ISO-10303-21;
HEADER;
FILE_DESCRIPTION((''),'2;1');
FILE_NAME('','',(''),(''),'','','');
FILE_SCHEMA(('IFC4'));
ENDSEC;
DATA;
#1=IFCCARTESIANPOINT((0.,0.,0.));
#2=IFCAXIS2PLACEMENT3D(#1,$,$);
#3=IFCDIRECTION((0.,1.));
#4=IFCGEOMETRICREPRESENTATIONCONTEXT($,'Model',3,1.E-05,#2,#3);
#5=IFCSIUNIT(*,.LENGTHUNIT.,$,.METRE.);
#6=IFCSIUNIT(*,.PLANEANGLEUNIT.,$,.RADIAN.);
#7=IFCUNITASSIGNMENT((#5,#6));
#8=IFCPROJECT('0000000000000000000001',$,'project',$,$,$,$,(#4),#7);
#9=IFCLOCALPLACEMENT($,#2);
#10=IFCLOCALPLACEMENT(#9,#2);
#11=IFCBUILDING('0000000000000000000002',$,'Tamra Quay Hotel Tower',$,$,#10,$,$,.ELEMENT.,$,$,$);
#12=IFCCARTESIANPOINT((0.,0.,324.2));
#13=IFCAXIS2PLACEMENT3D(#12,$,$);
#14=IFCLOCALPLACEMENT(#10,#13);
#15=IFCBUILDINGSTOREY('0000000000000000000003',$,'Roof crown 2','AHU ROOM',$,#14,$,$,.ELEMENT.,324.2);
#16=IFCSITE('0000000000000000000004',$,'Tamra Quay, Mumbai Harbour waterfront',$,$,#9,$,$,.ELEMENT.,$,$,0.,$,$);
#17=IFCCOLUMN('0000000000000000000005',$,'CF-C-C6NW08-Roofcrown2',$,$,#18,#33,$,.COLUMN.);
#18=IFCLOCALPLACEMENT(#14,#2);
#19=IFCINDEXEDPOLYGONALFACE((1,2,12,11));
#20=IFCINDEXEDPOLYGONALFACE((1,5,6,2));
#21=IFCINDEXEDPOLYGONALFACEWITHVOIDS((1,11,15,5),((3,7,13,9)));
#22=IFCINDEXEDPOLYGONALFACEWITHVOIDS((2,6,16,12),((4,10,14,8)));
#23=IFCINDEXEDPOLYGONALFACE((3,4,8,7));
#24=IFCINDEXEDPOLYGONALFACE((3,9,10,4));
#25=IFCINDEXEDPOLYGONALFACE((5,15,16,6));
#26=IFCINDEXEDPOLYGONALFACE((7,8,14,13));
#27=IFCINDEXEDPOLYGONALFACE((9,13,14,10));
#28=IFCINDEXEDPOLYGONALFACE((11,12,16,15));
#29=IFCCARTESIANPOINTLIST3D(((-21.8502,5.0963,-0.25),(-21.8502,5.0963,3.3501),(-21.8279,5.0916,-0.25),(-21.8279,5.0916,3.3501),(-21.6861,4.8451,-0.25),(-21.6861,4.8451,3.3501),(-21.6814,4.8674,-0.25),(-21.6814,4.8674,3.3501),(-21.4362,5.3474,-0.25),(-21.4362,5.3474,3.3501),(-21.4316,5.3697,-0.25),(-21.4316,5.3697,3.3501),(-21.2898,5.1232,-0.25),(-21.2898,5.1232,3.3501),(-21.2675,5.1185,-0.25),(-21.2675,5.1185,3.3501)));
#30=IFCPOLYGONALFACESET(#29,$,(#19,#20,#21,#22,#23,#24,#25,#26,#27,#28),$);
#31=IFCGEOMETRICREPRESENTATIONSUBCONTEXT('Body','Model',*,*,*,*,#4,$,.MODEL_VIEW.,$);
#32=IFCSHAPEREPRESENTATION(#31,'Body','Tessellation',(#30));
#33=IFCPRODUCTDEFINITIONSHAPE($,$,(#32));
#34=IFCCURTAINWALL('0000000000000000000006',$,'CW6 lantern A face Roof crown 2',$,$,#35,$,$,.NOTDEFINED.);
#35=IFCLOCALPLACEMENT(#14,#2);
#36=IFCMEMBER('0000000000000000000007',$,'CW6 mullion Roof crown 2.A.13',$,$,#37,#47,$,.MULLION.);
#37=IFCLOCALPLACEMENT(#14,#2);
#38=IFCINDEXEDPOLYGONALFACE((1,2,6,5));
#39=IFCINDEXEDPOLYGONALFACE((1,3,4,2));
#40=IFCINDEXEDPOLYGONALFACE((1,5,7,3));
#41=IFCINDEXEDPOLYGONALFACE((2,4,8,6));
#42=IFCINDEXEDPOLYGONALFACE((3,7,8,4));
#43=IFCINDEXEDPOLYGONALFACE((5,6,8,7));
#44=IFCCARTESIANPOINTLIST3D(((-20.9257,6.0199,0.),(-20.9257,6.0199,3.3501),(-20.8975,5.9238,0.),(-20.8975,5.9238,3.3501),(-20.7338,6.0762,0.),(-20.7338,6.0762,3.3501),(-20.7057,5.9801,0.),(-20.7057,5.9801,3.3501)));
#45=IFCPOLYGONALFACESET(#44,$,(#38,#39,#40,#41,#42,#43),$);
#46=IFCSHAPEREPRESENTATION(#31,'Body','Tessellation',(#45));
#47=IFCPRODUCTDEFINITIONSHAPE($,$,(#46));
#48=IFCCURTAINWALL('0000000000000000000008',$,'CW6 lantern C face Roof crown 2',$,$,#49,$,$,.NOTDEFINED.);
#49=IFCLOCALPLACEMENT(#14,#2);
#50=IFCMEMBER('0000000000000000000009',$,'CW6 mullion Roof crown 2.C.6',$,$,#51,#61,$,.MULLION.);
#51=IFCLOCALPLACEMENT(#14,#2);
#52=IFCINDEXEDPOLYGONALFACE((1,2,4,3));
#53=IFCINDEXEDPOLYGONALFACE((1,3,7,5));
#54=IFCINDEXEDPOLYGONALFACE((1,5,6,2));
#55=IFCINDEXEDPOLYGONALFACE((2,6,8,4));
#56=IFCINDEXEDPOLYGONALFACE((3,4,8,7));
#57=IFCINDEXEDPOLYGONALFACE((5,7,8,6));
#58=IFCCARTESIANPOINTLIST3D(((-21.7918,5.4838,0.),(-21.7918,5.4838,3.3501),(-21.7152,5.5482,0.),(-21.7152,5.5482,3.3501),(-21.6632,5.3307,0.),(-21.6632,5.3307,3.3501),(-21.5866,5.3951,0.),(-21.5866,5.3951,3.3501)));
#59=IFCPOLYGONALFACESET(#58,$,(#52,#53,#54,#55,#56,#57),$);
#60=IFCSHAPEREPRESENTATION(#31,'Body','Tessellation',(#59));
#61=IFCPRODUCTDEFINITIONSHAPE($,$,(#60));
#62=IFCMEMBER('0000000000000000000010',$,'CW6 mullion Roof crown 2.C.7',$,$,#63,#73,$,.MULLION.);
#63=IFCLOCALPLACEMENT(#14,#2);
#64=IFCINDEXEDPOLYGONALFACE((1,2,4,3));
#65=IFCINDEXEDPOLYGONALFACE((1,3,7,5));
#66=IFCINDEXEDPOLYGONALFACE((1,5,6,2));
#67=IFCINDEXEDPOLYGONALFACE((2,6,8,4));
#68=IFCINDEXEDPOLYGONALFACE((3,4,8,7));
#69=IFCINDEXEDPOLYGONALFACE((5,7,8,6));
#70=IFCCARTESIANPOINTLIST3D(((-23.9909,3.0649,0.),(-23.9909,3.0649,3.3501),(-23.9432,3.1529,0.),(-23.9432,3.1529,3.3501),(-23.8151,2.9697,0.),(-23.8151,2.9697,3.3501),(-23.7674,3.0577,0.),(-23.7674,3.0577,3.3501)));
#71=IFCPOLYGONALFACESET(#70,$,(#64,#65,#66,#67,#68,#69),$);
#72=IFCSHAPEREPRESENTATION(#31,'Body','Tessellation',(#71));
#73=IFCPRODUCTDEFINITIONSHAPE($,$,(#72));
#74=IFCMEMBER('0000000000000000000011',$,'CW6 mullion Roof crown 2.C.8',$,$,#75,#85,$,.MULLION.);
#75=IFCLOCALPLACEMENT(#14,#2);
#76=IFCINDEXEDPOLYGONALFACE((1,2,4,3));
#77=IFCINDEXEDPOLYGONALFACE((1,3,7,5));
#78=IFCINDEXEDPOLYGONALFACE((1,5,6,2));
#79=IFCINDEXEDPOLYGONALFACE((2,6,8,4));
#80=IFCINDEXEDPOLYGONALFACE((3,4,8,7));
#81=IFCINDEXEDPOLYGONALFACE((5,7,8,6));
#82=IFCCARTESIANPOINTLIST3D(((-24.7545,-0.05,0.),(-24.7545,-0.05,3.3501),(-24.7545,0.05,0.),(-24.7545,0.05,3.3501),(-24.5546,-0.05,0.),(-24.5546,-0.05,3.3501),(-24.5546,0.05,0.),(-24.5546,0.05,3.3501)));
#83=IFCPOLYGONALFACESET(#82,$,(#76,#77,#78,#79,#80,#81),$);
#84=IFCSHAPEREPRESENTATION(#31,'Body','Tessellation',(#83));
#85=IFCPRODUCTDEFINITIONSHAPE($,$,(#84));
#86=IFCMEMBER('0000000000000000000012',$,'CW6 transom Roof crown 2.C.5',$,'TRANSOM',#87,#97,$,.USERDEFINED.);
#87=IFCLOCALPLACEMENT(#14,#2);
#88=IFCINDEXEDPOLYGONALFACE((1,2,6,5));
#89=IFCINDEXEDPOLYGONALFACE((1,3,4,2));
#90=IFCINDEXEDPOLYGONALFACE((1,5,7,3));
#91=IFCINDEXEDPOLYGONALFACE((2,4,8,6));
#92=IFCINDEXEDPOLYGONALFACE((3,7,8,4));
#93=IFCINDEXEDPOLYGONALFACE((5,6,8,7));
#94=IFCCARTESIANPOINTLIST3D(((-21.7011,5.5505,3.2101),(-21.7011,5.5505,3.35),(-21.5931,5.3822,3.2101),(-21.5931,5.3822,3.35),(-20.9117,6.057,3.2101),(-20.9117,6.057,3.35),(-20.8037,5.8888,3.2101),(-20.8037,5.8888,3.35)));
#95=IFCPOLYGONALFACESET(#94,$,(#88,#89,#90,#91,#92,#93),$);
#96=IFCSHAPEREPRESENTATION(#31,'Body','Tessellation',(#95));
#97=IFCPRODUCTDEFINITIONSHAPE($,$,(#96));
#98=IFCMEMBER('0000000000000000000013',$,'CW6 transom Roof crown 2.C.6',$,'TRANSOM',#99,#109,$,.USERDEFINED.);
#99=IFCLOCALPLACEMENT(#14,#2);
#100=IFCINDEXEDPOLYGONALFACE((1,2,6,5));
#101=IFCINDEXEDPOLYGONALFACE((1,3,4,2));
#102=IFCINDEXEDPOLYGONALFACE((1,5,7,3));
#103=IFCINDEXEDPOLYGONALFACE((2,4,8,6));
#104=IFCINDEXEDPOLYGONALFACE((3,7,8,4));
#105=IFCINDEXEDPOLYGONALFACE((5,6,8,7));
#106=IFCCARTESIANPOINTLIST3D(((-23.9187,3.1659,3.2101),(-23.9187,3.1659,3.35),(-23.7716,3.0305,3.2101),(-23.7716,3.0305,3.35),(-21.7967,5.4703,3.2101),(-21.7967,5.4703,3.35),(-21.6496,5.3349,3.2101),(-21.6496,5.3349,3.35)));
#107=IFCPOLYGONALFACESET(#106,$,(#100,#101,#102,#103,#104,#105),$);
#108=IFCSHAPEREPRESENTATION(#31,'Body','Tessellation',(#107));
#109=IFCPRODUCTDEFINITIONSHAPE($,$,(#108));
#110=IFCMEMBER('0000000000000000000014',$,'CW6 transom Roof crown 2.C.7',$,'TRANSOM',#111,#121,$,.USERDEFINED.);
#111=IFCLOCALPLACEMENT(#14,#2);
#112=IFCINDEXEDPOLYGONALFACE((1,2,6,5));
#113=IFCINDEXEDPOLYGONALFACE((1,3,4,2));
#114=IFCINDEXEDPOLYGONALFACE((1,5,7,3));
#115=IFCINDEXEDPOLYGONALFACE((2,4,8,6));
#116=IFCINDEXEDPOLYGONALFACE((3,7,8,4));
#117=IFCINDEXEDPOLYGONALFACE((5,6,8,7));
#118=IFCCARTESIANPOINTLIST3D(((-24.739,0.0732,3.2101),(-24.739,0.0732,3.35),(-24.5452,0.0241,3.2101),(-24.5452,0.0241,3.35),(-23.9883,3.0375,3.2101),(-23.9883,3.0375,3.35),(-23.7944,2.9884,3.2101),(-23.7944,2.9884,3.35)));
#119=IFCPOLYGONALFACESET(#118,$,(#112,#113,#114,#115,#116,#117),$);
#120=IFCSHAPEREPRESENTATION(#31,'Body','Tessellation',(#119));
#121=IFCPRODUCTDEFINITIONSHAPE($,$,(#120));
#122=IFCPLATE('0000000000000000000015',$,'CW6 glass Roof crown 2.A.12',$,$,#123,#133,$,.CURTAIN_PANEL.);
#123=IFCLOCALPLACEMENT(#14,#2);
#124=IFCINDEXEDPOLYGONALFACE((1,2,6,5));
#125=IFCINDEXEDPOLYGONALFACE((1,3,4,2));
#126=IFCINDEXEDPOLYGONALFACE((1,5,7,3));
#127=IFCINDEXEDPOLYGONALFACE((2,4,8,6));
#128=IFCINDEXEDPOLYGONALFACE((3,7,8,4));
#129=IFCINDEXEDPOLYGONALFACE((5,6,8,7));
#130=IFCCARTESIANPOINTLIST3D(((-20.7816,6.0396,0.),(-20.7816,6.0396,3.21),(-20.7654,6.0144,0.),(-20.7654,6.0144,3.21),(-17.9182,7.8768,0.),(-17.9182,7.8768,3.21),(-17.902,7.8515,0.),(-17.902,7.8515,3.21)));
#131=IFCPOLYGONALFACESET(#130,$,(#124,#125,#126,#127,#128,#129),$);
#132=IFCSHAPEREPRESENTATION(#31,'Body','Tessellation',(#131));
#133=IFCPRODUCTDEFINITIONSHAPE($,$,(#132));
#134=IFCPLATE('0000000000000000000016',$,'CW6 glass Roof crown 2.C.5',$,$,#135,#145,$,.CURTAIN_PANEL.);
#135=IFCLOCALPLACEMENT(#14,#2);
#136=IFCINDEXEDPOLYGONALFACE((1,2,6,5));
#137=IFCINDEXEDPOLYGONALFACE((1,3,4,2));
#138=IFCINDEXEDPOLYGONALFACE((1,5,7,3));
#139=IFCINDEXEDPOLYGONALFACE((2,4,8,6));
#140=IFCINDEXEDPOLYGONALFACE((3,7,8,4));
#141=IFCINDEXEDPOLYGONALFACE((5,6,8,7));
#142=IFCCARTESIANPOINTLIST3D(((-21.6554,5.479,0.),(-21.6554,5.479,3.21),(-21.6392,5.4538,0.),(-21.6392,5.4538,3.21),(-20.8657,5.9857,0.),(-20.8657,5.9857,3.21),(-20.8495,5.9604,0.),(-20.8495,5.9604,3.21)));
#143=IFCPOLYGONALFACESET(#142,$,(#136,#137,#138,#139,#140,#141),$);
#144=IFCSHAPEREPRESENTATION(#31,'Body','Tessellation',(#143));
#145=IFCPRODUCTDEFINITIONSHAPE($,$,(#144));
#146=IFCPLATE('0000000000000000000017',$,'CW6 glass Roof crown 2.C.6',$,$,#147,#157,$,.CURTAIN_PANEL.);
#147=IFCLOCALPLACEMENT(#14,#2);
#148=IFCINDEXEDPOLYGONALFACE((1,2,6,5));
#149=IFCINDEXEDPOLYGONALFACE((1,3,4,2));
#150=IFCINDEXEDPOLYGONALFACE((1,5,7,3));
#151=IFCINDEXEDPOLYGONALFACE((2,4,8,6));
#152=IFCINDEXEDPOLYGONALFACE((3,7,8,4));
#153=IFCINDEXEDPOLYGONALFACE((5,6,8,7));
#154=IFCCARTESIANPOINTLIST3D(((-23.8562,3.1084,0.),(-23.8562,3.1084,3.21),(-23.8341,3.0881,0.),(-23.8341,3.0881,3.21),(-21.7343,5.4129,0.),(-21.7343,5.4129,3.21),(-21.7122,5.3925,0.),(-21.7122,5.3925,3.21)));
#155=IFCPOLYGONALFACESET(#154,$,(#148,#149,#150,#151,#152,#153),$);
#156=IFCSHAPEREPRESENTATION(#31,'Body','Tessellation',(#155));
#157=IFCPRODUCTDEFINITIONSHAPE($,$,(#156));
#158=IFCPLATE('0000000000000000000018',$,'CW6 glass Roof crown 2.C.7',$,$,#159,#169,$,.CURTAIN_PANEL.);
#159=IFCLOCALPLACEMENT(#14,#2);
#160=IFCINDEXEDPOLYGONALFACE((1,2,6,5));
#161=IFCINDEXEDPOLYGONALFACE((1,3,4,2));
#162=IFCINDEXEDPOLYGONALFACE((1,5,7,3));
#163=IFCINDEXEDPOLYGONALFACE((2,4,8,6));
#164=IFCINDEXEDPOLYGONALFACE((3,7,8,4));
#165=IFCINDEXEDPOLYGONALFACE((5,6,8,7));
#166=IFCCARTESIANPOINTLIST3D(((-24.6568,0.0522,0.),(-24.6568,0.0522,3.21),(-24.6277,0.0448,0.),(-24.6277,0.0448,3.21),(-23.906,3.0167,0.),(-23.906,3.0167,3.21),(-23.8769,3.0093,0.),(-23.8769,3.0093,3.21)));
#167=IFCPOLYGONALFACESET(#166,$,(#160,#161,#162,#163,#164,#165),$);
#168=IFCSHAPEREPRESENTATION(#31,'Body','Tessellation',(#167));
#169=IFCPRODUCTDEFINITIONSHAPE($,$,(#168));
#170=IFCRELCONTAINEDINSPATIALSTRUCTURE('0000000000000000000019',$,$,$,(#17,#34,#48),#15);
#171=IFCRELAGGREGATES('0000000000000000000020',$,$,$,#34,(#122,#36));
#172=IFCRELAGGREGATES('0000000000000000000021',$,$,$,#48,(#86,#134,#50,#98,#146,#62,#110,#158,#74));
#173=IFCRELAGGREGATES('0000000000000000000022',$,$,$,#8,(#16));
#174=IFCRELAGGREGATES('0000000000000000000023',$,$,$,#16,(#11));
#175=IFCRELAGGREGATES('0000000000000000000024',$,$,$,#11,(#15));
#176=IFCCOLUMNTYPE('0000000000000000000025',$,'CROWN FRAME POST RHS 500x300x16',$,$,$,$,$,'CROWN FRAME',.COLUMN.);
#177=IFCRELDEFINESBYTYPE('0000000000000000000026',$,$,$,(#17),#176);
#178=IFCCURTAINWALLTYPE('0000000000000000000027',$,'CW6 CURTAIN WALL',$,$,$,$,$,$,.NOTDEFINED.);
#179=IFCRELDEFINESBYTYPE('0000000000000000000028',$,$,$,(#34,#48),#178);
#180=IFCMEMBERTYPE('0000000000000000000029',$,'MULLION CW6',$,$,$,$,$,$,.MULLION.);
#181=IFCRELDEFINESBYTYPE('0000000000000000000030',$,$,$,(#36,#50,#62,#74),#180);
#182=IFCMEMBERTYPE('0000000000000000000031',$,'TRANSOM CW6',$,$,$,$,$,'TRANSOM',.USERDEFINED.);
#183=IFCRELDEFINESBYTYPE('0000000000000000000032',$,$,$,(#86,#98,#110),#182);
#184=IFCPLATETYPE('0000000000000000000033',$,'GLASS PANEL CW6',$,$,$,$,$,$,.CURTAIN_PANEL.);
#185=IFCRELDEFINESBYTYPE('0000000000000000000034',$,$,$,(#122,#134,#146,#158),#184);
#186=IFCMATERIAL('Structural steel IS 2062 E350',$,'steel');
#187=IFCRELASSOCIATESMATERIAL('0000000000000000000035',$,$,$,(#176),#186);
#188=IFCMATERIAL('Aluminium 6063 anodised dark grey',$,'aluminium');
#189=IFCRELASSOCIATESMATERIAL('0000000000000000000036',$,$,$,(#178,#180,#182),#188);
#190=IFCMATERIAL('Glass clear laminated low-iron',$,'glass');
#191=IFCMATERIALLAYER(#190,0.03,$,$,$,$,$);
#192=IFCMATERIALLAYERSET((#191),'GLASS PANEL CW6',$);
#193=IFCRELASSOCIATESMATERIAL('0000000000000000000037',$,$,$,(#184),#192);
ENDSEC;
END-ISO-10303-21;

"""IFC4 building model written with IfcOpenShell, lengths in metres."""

from ifc_helpers import new_model, si_unit, direction, frame, origin, origin_2d, place, context, subcontext, project, spatial, rectangle, hollow_rectangle, extrude, material, layer, layer_set, material_profile, profile_set, type_object, element, aggregate, save


model = new_model("IFC4")

# Units and contexts
model_context = context("Model", 3, precision=1e-05, world=origin(), true_north=direction((0.0, 1.0)))
body_context = subcontext(model_context, "Body", "Model", "MODEL_VIEW")
ifc_project = project(units=[si_unit("LENGTHUNIT", "METRE"), si_unit("PLANEANGLEUNIT", "RADIAN")], contexts=[model_context])

# Site, building, storey
site_placement = place(None, origin())
site = spatial("IfcSite", under=ifc_project, at=site_placement, Name="Tamra Quay, Mumbai Harbour waterfront", CompositionType="ELEMENT", RefElevation=0.0)
building_placement = place(site_placement, origin())
building = spatial("IfcBuilding", under=site, at=building_placement, Name="Tamra Quay Hotel Tower", CompositionType="ELEMENT")
storey_placement = place(building_placement, frame((0.0, 0.0, 324.2)))
storey = spatial("IfcBuildingStorey", under=building, at=storey_placement, Name="Roof crown 2", Description="AHU ROOM", CompositionType="ELEMENT", Elevation=324.2)

# Column
ifc_material_1 = material(Name="Structural steel IS 2062 E350", Category="steel")
ifc_material_profile_1 = material_profile(ifc_material_1, hollow_rectangle(XDim=0.3, YDim=0.5, WallThickness=0.0161, at=origin_2d()), Name="RHS 500x300x16")
ifc_profile_set_1 = profile_set([ifc_material_profile_1], Name="Structural steel IS 2062 E350")
column_type = type_object("IfcColumnType", Name="CROWN FRAME POST RHS 500x300x16", ElementType="CROWN FRAME", PredefinedType="COLUMN", material=ifc_profile_set_1)
column_placement = place(storey_placement, frame((-21.5588, 5.1074, -0.25), z_axis=(0.0, 0.0, 1.0), x_axis=(-0.546805, 0.83726, 0.0)))
element("IfcColumn", 1, at=column_placement, inside=storey, type_object=column_type, Name="CF-C-C6NW08-Roofcrown2", PredefinedType="COLUMN", context=body_context, shape_type="SweptSolid", body=[
    extrude(hollow_rectangle(XDim=0.3, YDim=0.5, WallThickness=0.0161, at=origin_2d()), origin(), (0.0, 0.0, 1.0), 3.6001),
])

# Curtain wall, member
ifc_material_2 = material(Name="Aluminium 6063 anodised dark grey", Category="aluminium")
curtain_wall_type = type_object("IfcCurtainWallType", Name="CW6 CURTAIN WALL", PredefinedType="NOTDEFINED", material=ifc_material_2)
curtain_wall_1_placement = place(storey_placement, origin())
curtain_wall_1 = element("IfcCurtainWall", 2, at=curtain_wall_1_placement, inside=storey, type_object=curtain_wall_type, Name="CW6 lantern A face Roof crown 2", PredefinedType="NOTDEFINED")
ifc_material_profile_2 = material_profile(ifc_material_2, rectangle(XDim=0.2, YDim=0.1001, at=origin_2d()), Name="MULLION 100X200")
ifc_profile_set_2 = profile_set([ifc_material_profile_2], Name="Aluminium 6063 anodised dark grey")
member_type_1 = type_object("IfcMemberType", Name="MULLION CW6", PredefinedType="MULLION", material=ifc_profile_set_2)
member_1_placement = place(storey_placement, frame((-20.8157, 6.0, 0.0), z_axis=(0.0, 0.0, 1.0), x_axis=(-0.9596, -0.281367, 0.0)))
member_1 = element("IfcMember", 3, at=member_1_placement, type_object=member_type_1, Name="CW6 mullion Roof crown 2.A.13", PredefinedType="MULLION", context=body_context, shape_type="SweptSolid", body=[
    extrude(rectangle(XDim=0.2, YDim=0.1001, at=origin_2d()), origin(), (0.0, 0.0, 1.0), 3.3501),
])

# Curtain wall, members
curtain_wall_2_placement = place(storey_placement, origin())
curtain_wall_2 = element("IfcCurtainWall", 4, at=curtain_wall_2_placement, inside=storey, type_object=curtain_wall_type, Name="CW6 lantern C face Roof crown 2", PredefinedType="NOTDEFINED")
member_2_placement = place(storey_placement, frame((-21.6892, 5.4395, 0.0), z_axis=(0.0, 0.0, 1.0), x_axis=(-0.643086, 0.765794, 0.0)))
member_2 = element("IfcMember", 5, at=member_2_placement, type_object=member_type_1, Name="CW6 mullion Roof crown 2.C.6", PredefinedType="MULLION", context=body_context, shape_type="SweptSolid", body=[
    extrude(rectangle(XDim=0.2, YDim=0.1001, at=origin_2d()), origin(), (0.0, 0.0, 1.0), 3.3501),
])
member_3_placement = place(storey_placement, frame((-23.8792, 3.0613, 0.0), z_axis=(0.0, 0.0, 1.0), x_axis=(-0.879433, 0.476023, 0.0)))
member_3 = element("IfcMember", 6, at=member_3_placement, type_object=member_type_1, Name="CW6 mullion Roof crown 2.C.7", PredefinedType="MULLION", context=body_context, shape_type="SweptSolid", body=[
    extrude(rectangle(XDim=0.2, YDim=0.1001, at=origin_2d()), origin(), (0.0, 0.0, 1.0), 3.3501),
])
member_4_placement = place(storey_placement, frame((-24.6545, 0.0, 0.0), z_axis=(0.0, 0.0, 1.0), x_axis=(-1.0, 0.0, 0.0)))
member_4 = element("IfcMember", 7, at=member_4_placement, type_object=member_type_1, Name="CW6 mullion Roof crown 2.C.8", PredefinedType="MULLION", context=body_context, shape_type="SweptSolid", body=[
    extrude(rectangle(XDim=0.2, YDim=0.1001, at=origin_2d()), origin(), (0.0, 0.0, 1.0), 3.3501),
])
ifc_material_profile_3 = material_profile(ifc_material_2, rectangle(XDim=0.2, YDim=0.1399, at=origin_2d()), Name="TRANSOM 200X140")
ifc_profile_set_3 = profile_set([ifc_material_profile_3], Name="Aluminium 6063 anodised dark grey")
member_type_2 = type_object("IfcMemberType", Name="TRANSOM CW6", ElementType="TRANSOM", PredefinedType="USERDEFINED", material=ifc_profile_set_3)
member_5_placement = place(storey_placement, frame((-20.8577, 5.9729, 3.28), z_axis=(-0.841652, -0.540021, 0.0), x_axis=(0.540021, -0.841652, 0.0)))
member_5 = element("IfcMember", 8, at=member_5_placement, type_object=member_type_2, Name="CW6 transom Roof crown 2.C.5", ObjectType="TRANSOM", PredefinedType="USERDEFINED", context=body_context, shape_type="SweptSolid", body=[
    extrude(rectangle(XDim=0.2, YDim=0.1399, at=origin_2d()), origin(), (0.0, 0.0, 1.0), 0.938),
])
member_6_placement = place(storey_placement, frame((-21.7231, 5.4026, 3.28), z_axis=(-0.677399, -0.735616, 0.0), x_axis=(0.735616, -0.677399, 0.0)))
member_6 = element("IfcMember", 9, at=member_6_placement, type_object=member_type_2, Name="CW6 transom Roof crown 2.C.6", ObjectType="TRANSOM", PredefinedType="USERDEFINED", context=body_context, shape_type="SweptSolid", body=[
    extrude(rectangle(XDim=0.2, YDim=0.1399, at=origin_2d()), origin(), (0.0, 0.0, 1.0), 3.1326),
])
member_7_placement = place(storey_placement, frame((-23.8914, 3.0129, 3.28), z_axis=(-0.245503, -0.969396, 0.0), x_axis=(0.969396, -0.245503, 0.0)))
member_7 = element("IfcMember", 10, at=member_7_placement, type_object=member_type_2, Name="CW6 transom Roof crown 2.C.7", ObjectType="TRANSOM", PredefinedType="USERDEFINED", context=body_context, shape_type="SweptSolid", body=[
    extrude(rectangle(XDim=0.2, YDim=0.1399, at=origin_2d()), origin(), (0.0, 0.0, 1.0), 3.0579),
])

# Plates
ifc_material_3 = material(Name="Glass clear laminated low-iron", Category="glass")
ifc_layer = layer(ifc_material_3, 0.03)
ifc_layer_set = layer_set([ifc_layer], Name="GLASS PANEL CW6")
plate_type = type_object("IfcPlateType", Name="GLASS PANEL CW6", PredefinedType="CURTAIN_PANEL", material=ifc_layer_set)
plate_1_placement = place(storey_placement, frame((-19.3418, 6.9456, 0.0), z_axis=(0.0, 0.0, 1.0), x_axis=(-0.841665, -0.54, 0.0)))
plate_1 = element("IfcPlate", 11, at=plate_1_placement, type_object=plate_type, Name="CW6 glass Roof crown 2.A.12", PredefinedType="CURTAIN_PANEL", context=body_context, shape_type="SweptSolid", body=[
    extrude(rectangle(XDim=3.4021, YDim=0.03, at=origin_2d()), origin(), (0.0, 0.0, 1.0), 3.21),
])
aggregate(curtain_wall_1, [plate_1, member_1])
plate_2_placement = place(storey_placement, frame((-21.2524, 5.7197, 0.0), z_axis=(0.0, 0.0, 1.0), x_axis=(-0.841665, -0.54, 0.0)))
plate_2 = element("IfcPlate", 12, at=plate_2_placement, type_object=plate_type, Name="CW6 glass Roof crown 2.C.5", PredefinedType="CURTAIN_PANEL", context=body_context, shape_type="SweptSolid", body=[
    extrude(rectangle(XDim=0.9382, YDim=0.03, at=origin_2d()), origin(), (0.0, 0.0, 1.0), 3.21),
])
plate_3_placement = place(storey_placement, frame((-22.7842, 4.2505, 0.0), z_axis=(0.0, 0.0, 1.0), x_axis=(-0.677376, -0.735637, 0.0)))
plate_3 = element("IfcPlate", 13, at=plate_3_placement, type_object=plate_type, Name="CW6 glass Roof crown 2.C.6", PredefinedType="CURTAIN_PANEL", context=body_context, shape_type="SweptSolid", body=[
    extrude(rectangle(XDim=3.1326, YDim=0.03, at=origin_2d()), origin(), (0.0, 0.0, 1.0), 3.21),
])
plate_4_placement = place(storey_placement, frame((-24.2668, 1.5308, 0.0), z_axis=(0.0, 0.0, 1.0), x_axis=(-0.245527, -0.96939, 0.0)))
plate_4 = element("IfcPlate", 14, at=plate_4_placement, type_object=plate_type, Name="CW6 glass Roof crown 2.C.7", PredefinedType="CURTAIN_PANEL", context=body_context, shape_type="SweptSolid", body=[
    extrude(rectangle(XDim=3.0581, YDim=0.03, at=origin_2d()), origin(), (0.0, 0.0, 1.0), 3.21),
])
aggregate(curtain_wall_2, [member_5, plate_2, member_2, member_6, plate_3, member_3, member_7, plate_4, member_4])

save(model, "model.ifc")
